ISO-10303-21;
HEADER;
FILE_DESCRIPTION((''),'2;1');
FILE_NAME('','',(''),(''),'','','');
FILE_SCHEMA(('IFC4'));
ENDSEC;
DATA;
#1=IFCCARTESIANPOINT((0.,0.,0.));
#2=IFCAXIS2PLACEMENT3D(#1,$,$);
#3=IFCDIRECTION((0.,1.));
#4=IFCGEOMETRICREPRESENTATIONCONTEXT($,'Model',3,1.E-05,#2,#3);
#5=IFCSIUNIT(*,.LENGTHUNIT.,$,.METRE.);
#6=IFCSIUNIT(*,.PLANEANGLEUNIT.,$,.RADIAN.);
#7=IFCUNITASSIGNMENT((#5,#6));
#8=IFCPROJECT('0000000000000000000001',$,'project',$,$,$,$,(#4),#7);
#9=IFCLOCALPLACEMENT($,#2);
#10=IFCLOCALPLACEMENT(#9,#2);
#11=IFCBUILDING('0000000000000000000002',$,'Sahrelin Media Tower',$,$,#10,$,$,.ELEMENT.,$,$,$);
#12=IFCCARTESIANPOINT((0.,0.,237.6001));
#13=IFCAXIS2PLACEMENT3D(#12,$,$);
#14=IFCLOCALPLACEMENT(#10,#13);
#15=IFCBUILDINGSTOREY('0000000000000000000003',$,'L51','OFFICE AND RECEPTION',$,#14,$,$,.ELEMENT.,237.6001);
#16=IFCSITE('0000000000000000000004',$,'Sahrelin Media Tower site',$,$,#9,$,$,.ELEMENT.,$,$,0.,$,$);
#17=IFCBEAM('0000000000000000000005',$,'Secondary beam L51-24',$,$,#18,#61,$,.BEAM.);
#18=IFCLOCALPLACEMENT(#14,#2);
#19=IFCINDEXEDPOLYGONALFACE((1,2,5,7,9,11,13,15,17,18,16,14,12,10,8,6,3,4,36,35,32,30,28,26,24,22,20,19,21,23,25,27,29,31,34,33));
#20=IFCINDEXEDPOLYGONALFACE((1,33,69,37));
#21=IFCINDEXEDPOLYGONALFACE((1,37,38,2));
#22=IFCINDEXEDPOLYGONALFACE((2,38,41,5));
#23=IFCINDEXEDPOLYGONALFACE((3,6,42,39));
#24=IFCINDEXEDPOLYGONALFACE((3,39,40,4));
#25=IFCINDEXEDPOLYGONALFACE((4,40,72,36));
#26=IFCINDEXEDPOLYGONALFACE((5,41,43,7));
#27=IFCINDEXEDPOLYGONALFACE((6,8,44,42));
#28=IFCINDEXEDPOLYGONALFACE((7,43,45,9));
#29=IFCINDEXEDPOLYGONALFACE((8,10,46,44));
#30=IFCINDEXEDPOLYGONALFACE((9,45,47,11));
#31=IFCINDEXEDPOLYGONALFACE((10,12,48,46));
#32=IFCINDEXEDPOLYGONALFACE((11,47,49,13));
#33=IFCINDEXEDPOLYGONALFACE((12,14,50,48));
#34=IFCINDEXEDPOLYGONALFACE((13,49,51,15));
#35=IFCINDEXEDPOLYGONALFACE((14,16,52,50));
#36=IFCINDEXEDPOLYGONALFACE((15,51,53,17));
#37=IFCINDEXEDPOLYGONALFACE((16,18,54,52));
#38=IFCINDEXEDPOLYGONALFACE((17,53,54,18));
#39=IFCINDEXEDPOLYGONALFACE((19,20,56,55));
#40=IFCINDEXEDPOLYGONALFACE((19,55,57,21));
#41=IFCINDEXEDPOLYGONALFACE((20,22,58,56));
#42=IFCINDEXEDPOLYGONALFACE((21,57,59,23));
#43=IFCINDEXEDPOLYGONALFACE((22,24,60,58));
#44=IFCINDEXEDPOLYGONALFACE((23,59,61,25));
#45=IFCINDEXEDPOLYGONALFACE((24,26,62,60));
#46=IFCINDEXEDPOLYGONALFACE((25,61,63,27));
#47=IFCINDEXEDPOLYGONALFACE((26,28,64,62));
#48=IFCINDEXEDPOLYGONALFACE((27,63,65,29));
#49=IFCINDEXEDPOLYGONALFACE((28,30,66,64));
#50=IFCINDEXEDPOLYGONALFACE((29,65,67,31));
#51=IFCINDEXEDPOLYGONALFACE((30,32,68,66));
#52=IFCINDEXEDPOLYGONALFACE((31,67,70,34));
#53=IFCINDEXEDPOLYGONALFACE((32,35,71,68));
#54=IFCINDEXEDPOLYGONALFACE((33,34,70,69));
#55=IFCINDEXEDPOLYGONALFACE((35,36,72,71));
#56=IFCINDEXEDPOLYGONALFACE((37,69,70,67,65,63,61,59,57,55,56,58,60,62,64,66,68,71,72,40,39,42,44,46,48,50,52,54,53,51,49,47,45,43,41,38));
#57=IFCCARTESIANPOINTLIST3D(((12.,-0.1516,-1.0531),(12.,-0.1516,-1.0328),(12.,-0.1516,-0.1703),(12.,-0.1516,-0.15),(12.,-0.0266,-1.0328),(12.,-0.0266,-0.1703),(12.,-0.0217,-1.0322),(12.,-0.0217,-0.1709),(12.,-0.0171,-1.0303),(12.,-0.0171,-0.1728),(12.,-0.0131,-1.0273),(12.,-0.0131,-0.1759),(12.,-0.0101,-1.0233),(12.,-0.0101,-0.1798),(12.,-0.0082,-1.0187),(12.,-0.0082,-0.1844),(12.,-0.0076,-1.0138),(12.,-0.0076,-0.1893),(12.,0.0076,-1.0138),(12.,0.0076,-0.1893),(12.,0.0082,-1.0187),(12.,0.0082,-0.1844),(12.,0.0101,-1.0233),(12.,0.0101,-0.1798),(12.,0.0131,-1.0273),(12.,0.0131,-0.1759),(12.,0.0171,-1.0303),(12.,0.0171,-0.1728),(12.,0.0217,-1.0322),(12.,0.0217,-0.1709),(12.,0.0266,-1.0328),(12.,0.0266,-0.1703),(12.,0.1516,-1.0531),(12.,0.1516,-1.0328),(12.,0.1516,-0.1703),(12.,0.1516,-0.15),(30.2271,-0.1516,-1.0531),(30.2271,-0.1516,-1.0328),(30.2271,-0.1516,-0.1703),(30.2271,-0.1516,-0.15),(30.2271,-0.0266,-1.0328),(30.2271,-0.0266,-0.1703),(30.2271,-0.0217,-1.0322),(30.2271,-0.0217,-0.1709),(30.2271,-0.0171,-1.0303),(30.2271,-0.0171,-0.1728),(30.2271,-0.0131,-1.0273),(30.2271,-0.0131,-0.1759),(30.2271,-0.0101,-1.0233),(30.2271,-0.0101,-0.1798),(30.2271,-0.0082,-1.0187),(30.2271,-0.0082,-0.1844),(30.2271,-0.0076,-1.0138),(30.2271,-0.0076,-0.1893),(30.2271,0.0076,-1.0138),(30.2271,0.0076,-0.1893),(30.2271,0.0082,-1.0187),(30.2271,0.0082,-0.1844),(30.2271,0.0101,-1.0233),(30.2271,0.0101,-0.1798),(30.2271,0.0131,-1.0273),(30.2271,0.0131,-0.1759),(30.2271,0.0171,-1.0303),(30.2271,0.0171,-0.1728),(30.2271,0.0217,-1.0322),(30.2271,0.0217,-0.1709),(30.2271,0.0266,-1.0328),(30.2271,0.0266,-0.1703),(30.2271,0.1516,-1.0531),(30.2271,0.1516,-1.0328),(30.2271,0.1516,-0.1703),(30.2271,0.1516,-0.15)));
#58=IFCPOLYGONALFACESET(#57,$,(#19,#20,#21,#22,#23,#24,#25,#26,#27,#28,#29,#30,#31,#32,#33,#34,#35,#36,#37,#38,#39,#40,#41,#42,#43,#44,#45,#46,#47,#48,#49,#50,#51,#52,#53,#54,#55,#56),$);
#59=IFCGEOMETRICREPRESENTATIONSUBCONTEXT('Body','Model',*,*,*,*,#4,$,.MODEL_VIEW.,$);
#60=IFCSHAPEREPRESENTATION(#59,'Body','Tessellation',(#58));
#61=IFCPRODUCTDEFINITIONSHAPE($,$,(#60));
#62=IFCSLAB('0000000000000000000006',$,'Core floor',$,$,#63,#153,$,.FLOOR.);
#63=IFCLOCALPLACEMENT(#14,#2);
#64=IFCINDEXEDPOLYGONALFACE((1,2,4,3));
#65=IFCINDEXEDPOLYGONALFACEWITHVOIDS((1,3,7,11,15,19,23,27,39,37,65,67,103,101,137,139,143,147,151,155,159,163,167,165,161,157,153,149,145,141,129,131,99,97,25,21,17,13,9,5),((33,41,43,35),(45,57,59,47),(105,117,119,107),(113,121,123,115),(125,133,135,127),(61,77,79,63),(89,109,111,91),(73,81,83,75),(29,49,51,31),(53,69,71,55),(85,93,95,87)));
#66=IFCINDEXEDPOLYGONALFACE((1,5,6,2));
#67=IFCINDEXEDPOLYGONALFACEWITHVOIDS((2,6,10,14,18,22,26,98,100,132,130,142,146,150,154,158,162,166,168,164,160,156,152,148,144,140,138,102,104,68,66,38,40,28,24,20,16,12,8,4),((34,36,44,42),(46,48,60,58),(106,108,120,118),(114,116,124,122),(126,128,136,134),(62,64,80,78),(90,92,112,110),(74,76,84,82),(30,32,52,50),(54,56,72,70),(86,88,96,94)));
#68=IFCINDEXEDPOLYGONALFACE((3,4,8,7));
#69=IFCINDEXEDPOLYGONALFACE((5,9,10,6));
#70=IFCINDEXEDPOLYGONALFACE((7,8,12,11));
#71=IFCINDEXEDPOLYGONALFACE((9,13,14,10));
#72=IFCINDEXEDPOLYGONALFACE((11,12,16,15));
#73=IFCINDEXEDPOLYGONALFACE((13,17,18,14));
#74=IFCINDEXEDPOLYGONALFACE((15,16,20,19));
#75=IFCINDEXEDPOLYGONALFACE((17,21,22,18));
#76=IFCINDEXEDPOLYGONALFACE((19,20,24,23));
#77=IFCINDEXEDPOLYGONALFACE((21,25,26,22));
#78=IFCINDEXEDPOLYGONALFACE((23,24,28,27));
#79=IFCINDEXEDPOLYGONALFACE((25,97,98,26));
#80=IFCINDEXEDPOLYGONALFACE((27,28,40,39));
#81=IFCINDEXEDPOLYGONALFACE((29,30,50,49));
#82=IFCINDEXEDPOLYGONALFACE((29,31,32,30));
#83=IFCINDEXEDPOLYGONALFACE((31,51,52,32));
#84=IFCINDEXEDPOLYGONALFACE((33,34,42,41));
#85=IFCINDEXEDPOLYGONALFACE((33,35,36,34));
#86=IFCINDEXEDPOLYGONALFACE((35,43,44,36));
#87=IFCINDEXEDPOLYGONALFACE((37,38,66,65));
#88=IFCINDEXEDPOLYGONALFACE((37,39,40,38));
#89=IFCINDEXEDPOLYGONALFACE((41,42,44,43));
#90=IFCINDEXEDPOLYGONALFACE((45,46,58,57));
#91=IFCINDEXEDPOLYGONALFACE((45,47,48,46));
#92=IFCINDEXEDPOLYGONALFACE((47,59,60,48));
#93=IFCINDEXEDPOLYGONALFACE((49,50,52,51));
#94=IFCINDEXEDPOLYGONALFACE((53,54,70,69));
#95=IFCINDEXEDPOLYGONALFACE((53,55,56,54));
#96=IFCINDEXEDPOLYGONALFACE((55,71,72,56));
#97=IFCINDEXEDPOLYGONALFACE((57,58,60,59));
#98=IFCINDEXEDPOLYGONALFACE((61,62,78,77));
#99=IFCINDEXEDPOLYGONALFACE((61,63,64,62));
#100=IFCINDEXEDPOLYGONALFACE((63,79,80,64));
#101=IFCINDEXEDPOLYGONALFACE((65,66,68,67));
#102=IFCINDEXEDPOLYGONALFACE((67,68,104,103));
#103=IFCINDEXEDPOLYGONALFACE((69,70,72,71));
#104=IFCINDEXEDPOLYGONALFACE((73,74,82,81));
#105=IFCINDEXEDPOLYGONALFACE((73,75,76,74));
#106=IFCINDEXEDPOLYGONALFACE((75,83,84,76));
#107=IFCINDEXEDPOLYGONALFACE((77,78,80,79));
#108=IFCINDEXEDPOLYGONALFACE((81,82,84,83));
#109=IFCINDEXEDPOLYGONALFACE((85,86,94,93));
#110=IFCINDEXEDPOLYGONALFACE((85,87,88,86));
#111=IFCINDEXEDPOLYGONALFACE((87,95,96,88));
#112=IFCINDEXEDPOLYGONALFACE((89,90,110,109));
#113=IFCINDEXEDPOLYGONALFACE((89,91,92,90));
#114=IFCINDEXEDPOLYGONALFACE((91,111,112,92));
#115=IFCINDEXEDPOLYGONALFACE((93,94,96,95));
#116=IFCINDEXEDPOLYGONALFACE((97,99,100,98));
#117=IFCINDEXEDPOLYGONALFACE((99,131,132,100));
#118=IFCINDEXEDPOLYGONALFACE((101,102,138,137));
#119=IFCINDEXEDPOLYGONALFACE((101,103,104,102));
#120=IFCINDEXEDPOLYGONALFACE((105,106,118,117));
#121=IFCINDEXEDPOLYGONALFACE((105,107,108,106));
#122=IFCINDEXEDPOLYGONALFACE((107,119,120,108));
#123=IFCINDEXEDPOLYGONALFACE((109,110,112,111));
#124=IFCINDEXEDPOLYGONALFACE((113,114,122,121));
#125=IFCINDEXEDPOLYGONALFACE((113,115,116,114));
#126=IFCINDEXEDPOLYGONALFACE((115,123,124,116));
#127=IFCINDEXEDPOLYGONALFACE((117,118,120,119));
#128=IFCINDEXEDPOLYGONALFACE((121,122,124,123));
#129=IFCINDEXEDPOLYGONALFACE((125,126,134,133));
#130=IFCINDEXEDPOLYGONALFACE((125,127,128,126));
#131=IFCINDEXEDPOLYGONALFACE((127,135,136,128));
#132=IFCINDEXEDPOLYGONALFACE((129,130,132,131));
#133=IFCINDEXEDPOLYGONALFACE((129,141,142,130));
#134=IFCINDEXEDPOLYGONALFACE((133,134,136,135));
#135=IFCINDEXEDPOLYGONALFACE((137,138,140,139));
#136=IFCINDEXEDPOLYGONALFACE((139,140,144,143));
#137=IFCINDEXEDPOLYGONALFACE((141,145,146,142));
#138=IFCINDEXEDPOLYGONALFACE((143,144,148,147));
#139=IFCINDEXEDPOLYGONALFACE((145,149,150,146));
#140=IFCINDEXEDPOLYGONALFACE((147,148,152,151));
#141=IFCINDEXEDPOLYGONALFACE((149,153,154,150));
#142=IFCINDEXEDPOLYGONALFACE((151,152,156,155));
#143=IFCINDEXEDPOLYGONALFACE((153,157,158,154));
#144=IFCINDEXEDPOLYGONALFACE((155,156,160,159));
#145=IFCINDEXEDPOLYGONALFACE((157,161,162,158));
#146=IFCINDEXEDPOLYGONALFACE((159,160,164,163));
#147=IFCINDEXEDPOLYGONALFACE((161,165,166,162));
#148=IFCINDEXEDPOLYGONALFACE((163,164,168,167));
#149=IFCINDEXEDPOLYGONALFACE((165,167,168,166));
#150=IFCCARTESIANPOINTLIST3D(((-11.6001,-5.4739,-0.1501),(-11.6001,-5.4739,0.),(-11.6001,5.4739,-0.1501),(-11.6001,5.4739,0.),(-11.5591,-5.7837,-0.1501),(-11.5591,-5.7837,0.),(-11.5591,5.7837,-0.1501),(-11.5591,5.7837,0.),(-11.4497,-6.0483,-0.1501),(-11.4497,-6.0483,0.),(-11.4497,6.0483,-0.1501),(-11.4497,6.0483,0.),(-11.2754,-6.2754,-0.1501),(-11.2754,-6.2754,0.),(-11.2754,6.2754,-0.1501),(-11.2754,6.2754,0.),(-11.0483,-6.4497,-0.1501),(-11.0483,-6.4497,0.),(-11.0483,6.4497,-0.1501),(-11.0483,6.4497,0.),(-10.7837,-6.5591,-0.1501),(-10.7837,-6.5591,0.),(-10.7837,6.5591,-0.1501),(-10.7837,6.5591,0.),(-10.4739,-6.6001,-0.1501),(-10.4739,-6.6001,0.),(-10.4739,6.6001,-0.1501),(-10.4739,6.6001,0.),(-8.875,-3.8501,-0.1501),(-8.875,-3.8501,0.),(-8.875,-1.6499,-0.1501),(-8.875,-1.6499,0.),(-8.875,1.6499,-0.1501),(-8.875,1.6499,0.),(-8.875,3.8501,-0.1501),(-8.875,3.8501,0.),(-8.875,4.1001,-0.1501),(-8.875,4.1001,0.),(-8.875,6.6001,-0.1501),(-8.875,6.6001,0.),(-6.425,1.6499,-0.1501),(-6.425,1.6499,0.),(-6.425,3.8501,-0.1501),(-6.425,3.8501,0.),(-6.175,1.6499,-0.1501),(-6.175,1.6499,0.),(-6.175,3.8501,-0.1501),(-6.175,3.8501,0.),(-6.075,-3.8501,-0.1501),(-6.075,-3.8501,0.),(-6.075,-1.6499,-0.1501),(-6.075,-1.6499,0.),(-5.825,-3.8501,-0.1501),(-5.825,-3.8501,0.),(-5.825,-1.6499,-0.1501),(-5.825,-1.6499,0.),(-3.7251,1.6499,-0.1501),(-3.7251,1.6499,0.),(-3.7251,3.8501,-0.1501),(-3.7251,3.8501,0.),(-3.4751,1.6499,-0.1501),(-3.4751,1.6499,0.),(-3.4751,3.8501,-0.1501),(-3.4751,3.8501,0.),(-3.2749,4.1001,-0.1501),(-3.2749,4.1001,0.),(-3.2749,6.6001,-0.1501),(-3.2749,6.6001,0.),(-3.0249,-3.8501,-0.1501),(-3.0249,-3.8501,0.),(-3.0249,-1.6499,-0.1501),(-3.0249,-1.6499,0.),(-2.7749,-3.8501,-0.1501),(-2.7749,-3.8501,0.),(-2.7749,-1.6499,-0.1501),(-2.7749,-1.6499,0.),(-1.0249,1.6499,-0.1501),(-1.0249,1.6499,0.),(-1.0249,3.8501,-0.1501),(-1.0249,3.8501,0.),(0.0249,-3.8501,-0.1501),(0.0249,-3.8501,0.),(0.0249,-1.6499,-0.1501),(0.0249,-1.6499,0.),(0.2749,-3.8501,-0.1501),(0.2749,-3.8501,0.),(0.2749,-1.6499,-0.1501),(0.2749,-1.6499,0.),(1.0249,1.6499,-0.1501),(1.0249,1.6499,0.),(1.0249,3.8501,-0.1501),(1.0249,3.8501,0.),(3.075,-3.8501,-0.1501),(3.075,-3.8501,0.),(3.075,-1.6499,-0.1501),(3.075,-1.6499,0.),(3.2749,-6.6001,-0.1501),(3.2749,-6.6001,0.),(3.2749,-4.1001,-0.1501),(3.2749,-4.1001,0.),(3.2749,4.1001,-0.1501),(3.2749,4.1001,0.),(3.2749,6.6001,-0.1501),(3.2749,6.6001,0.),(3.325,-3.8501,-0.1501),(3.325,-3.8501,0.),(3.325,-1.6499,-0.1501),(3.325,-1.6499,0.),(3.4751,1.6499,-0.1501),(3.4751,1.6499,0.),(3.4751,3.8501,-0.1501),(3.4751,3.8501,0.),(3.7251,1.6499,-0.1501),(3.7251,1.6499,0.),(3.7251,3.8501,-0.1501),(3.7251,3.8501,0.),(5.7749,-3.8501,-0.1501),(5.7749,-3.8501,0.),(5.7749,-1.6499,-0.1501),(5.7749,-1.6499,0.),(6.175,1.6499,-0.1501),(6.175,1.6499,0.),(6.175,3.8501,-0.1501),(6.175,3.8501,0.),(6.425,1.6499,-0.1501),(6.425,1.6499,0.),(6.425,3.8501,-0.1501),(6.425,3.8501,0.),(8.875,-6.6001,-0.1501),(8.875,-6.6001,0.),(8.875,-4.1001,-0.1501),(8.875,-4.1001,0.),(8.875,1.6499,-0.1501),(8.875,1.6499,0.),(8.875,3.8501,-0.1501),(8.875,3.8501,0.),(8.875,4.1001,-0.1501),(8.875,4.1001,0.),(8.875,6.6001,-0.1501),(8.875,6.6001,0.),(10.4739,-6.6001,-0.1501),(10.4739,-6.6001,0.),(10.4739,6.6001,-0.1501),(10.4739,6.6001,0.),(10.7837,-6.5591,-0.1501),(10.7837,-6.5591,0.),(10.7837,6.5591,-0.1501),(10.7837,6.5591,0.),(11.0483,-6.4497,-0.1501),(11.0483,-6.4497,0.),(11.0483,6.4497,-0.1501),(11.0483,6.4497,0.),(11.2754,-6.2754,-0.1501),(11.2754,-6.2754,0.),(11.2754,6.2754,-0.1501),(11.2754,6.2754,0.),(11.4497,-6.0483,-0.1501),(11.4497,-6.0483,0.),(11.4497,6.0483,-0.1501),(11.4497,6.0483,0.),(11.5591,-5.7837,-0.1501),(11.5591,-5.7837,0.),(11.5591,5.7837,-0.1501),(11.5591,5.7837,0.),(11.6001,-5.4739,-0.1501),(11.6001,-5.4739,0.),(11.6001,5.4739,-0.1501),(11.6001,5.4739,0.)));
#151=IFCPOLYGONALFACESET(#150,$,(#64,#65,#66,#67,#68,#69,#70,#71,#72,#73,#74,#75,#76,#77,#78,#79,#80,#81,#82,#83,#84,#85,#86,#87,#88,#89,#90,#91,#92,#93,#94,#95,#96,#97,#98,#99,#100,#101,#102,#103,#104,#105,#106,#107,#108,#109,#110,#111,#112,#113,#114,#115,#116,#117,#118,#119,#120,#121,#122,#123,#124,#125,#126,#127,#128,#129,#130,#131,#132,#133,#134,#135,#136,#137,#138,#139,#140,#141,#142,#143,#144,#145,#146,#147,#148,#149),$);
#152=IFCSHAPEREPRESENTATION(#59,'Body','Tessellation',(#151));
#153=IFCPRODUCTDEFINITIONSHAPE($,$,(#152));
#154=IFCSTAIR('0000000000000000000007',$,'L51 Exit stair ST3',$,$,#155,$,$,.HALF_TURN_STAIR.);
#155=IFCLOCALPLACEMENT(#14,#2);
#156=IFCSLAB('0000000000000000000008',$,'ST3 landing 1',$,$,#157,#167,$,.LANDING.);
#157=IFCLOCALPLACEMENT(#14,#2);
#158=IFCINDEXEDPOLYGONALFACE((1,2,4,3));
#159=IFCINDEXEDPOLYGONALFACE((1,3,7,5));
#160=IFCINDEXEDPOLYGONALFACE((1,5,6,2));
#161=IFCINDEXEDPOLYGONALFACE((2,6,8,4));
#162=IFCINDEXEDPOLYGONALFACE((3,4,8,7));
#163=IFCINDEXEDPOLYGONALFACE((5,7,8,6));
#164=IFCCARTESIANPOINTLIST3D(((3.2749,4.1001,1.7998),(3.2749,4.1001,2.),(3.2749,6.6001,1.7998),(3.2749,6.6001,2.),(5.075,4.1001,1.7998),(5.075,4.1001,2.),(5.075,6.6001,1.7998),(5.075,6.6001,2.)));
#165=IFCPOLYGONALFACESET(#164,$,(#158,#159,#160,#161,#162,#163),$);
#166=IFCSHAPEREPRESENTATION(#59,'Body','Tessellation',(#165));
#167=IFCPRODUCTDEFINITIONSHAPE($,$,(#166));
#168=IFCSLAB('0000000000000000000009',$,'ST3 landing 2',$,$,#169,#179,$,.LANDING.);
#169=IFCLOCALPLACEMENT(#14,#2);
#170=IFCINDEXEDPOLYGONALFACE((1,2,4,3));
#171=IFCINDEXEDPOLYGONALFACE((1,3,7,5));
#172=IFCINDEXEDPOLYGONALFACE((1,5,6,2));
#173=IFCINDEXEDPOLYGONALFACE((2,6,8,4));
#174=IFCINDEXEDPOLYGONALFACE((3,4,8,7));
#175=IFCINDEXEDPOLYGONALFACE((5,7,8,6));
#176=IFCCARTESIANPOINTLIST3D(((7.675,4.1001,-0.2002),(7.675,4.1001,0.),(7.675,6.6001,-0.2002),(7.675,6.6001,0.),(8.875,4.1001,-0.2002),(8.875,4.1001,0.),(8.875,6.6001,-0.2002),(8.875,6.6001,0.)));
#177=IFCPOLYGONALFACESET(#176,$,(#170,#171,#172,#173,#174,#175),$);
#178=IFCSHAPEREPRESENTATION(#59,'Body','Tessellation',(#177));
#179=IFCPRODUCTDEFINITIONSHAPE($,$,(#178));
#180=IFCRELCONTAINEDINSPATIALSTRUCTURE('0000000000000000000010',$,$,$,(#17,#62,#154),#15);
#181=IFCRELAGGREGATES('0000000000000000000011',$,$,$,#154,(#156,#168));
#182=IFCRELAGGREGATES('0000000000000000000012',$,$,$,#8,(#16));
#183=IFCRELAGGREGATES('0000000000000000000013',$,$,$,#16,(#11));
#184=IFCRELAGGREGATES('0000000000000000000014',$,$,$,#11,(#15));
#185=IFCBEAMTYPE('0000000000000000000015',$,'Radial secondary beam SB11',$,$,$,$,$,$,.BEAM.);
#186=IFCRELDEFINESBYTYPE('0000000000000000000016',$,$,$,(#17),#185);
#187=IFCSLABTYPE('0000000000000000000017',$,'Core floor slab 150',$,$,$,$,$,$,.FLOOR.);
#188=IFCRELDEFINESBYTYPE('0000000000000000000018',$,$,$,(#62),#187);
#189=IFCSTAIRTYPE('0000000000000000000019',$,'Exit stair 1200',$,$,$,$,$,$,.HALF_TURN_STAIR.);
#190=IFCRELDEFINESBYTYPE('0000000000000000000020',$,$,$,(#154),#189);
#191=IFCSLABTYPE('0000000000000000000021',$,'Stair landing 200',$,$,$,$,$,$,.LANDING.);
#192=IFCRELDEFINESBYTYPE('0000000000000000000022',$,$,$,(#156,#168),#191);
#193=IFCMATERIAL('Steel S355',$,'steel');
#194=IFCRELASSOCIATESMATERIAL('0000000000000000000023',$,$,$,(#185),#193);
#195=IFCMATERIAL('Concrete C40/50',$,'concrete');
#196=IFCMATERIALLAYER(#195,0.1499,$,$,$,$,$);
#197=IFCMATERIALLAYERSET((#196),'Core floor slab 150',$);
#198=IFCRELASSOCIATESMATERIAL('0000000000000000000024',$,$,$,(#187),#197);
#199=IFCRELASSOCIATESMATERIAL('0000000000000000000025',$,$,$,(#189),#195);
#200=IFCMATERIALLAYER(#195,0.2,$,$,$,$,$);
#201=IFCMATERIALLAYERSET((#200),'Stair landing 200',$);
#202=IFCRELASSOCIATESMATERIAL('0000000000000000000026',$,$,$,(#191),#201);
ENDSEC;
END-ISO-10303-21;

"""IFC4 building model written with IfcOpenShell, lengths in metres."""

from ifc_helpers import new_model, si_unit, direction, frame, origin, origin_2d, place, context, subcontext, project, spatial, polyline, i_section, outline, extrude, material, layer, layer_set, material_profile, profile_set, type_object, element, aggregate, save


model = new_model("IFC4")

# Units and contexts
model_context = context("Model", 3, precision=1e-05, world=origin(), true_north=direction((0.0, 1.0)))
body_context = subcontext(model_context, "Body", "Model", "MODEL_VIEW")
ifc_project = project(units=[si_unit("LENGTHUNIT", "METRE"), si_unit("PLANEANGLEUNIT", "RADIAN")], contexts=[model_context])

# Site, building, storey
site_placement = place(None, origin())
site = spatial("IfcSite", under=ifc_project, at=site_placement, Name="Sahrelin Media Tower site", CompositionType="ELEMENT", RefElevation=0.0)
building_placement = place(site_placement, origin())
building = spatial("IfcBuilding", under=site, at=building_placement, Name="Sahrelin Media Tower", CompositionType="ELEMENT")
storey_placement = place(building_placement, frame((0.0, 0.0, 237.6001)))
storey = spatial("IfcBuildingStorey", under=building, at=storey_placement, Name="L51", Description="OFFICE AND RECEPTION", CompositionType="ELEMENT", Elevation=237.6001)

# Beam
ifc_material_1 = material(Name="Steel S355", Category="steel")
ifc_material_profile_1 = material_profile(ifc_material_1, i_section(OverallWidth=0.3032, OverallDepth=0.9031, WebThickness=0.0151, FlangeThickness=0.0203, FilletRadius=0.019, at=origin_2d()), Name="UB 914x305x201")
ifc_profile_set_1 = profile_set([ifc_material_profile_1], Name="Steel S355")
beam_type_1 = type_object("IfcBeamType", Name="Radial secondary beam SB11", PredefinedType="BEAM", material=ifc_profile_set_1)
beam_1_placement = place(storey_placement, frame((12.0, 0.0, -0.6016), z_axis=(1.0, 0.0, 0.0), x_axis=(0.0, 1.0, 0.0)))
element("IfcBeam", 1, at=beam_1_placement, inside=storey, type_object=beam_type_1, Name="Secondary beam L51-24", PredefinedType="BEAM", context=body_context, shape_type="SweptSolid", body=[
    extrude(i_section(OverallWidth=0.3032, OverallDepth=0.9031, WebThickness=0.0151, FlangeThickness=0.0203, FilletRadius=0.019, at=origin_2d()), origin(), (0.0, 0.0, 1.0), 18.2271),
])

# Slab
ifc_material_2 = material(Name="Concrete C40/50", Category="concrete")
ifc_layer_1 = layer(ifc_material_2, 0.1499)
ifc_layer_set_1 = layer_set([ifc_layer_1], Name="Core floor slab 150")
slab_type_1 = type_object("IfcSlabType", Name="Core floor slab 150", PredefinedType="FLOOR", material=ifc_layer_set_1)
slab_1_placement = place(storey_placement, frame((0.0, 0.0, -0.1501)))
element("IfcSlab", 2, at=slab_1_placement, inside=storey, type_object=slab_type_1, Name="Core floor", PredefinedType="FLOOR", context=body_context, shape_type="SweptSolid", body=[
    extrude(outline(polyline([(-11.6001, -5.4739), (-11.5591, -5.7837), (-11.4497, -6.0483), (-11.2754, -6.2754), (-11.0483, -6.4497), (-10.7837, -6.5591), (-10.4739, -6.6001), (3.2749, -6.6001), (3.2749, -4.1001), (8.875, -4.1001), (8.875, -6.6001), (10.4739, -6.6001), (10.7837, -6.5591), (11.0483, -6.4497), (11.2754, -6.2754), (11.4497, -6.0483), (11.5591, -5.7837), (11.6001, -5.4739), (11.6001, 5.4739), (11.5591, 5.7837), (11.4497, 6.0483), (11.2754, 6.2754), (11.0483, 6.4497), (10.7837, 6.5591), (10.4739, 6.6001), (8.875, 6.6001), (8.875, 4.1001), (3.2749, 4.1001), (3.2749, 6.6001), (-3.2749, 6.6001), (-3.2749, 4.1001), (-8.875, 4.1001), (-8.875, 6.6001), (-10.4739, 6.6001), (-10.7837, 6.5591), (-11.0483, 6.4497), (-11.2754, 6.2754), (-11.4497, 6.0483), (-11.5591, 5.7837), (-11.6001, 5.4739), (-11.6001, -5.4739)]), holes=[polyline([(-8.875, 3.8501), (-8.875, 1.6499), (-6.425, 1.6499), (-6.425, 3.8501), (-8.875, 3.8501)]), polyline([(-3.7251, 3.8501), (-6.175, 3.8501), (-6.175, 1.6499), (-3.7251, 1.6499), (-3.7251, 3.8501)]), polyline([(-1.0249, 1.6499), (-1.0249, 3.8501), (-3.4751, 3.8501), (-3.4751, 1.6499), (-1.0249, 1.6499)]), polyline([(1.0249, 1.6499), (3.4751, 1.6499), (3.4751, 3.8501), (1.0249, 3.8501), (1.0249, 1.6499)]), polyline([(3.7251, 3.8501), (3.7251, 1.6499), (6.175, 1.6499), (6.175, 3.8501), (3.7251, 3.8501)]), polyline([(8.875, 3.8501), (6.425, 3.8501), (6.425, 1.6499), (8.875, 1.6499), (8.875, 3.8501)]), polyline([(-6.075, -3.8501), (-6.075, -1.6499), (-8.875, -1.6499), (-8.875, -3.8501), (-6.075, -3.8501)]), polyline([(-5.825, -3.8501), (-3.0249, -3.8501), (-3.0249, -1.6499), (-5.825, -1.6499), (-5.825, -3.8501)]), polyline([(-2.7749, -1.6499), (-2.7749, -3.8501), (0.0249, -3.8501), (0.0249, -1.6499), (-2.7749, -1.6499)]), polyline([(3.075, -1.6499), (0.2749, -1.6499), (0.2749, -3.8501), (3.075, -3.8501), (3.075, -1.6499)]), polyline([(5.7749, -3.8501), (5.7749, -1.6499), (3.325, -1.6499), (3.325, -3.8501), (5.7749, -3.8501)])]), origin(), (0.0, 0.0, 1.0), 0.1501),
])

# Stair, slabs
stair_type = type_object("IfcStairType", Name="Exit stair 1200", PredefinedType="HALF_TURN_STAIR", material=ifc_material_2)
placement_1 = place(storey_placement, origin())
stair_1 = element("IfcStair", 3, at=placement_1, inside=storey, type_object=stair_type, Name="L51 Exit stair ST3", PredefinedType="HALF_TURN_STAIR")
ifc_layer_2 = layer(ifc_material_2, 0.2)
ifc_layer_set_2 = layer_set([ifc_layer_2], Name="Stair landing 200")
slab_type_2 = type_object("IfcSlabType", Name="Stair landing 200", PredefinedType="LANDING", material=ifc_layer_set_2)
placement_2 = place(storey_placement, frame((0.0, 0.0, 1.7998)))
slab_2 = element("IfcSlab", 4, at=placement_2, type_object=slab_type_2, Name="ST3 landing 1", PredefinedType="LANDING", context=body_context, shape_type="SweptSolid", body=[
    extrude(outline(polyline([(5.075, 6.6001), (3.2749, 6.6001), (3.2749, 4.1001), (5.075, 4.1001), (5.075, 6.6001)])), origin(), (0.0, 0.0, 1.0), 0.2002),
])
placement_3 = place(storey_placement, frame((0.0, 0.0, -0.2002)))
slab_3 = element("IfcSlab", 5, at=placement_3, type_object=slab_type_2, Name="ST3 landing 2", PredefinedType="LANDING", context=body_context, shape_type="SweptSolid", body=[
    extrude(outline(polyline([(8.875, 6.6001), (7.675, 6.6001), (7.675, 4.1001), (8.875, 4.1001), (8.875, 6.6001)])), origin(), (0.0, 0.0, 1.0), 0.2002),
])
aggregate(stair_1, [slab_2, slab_3])

save(model, "model.ifc")
